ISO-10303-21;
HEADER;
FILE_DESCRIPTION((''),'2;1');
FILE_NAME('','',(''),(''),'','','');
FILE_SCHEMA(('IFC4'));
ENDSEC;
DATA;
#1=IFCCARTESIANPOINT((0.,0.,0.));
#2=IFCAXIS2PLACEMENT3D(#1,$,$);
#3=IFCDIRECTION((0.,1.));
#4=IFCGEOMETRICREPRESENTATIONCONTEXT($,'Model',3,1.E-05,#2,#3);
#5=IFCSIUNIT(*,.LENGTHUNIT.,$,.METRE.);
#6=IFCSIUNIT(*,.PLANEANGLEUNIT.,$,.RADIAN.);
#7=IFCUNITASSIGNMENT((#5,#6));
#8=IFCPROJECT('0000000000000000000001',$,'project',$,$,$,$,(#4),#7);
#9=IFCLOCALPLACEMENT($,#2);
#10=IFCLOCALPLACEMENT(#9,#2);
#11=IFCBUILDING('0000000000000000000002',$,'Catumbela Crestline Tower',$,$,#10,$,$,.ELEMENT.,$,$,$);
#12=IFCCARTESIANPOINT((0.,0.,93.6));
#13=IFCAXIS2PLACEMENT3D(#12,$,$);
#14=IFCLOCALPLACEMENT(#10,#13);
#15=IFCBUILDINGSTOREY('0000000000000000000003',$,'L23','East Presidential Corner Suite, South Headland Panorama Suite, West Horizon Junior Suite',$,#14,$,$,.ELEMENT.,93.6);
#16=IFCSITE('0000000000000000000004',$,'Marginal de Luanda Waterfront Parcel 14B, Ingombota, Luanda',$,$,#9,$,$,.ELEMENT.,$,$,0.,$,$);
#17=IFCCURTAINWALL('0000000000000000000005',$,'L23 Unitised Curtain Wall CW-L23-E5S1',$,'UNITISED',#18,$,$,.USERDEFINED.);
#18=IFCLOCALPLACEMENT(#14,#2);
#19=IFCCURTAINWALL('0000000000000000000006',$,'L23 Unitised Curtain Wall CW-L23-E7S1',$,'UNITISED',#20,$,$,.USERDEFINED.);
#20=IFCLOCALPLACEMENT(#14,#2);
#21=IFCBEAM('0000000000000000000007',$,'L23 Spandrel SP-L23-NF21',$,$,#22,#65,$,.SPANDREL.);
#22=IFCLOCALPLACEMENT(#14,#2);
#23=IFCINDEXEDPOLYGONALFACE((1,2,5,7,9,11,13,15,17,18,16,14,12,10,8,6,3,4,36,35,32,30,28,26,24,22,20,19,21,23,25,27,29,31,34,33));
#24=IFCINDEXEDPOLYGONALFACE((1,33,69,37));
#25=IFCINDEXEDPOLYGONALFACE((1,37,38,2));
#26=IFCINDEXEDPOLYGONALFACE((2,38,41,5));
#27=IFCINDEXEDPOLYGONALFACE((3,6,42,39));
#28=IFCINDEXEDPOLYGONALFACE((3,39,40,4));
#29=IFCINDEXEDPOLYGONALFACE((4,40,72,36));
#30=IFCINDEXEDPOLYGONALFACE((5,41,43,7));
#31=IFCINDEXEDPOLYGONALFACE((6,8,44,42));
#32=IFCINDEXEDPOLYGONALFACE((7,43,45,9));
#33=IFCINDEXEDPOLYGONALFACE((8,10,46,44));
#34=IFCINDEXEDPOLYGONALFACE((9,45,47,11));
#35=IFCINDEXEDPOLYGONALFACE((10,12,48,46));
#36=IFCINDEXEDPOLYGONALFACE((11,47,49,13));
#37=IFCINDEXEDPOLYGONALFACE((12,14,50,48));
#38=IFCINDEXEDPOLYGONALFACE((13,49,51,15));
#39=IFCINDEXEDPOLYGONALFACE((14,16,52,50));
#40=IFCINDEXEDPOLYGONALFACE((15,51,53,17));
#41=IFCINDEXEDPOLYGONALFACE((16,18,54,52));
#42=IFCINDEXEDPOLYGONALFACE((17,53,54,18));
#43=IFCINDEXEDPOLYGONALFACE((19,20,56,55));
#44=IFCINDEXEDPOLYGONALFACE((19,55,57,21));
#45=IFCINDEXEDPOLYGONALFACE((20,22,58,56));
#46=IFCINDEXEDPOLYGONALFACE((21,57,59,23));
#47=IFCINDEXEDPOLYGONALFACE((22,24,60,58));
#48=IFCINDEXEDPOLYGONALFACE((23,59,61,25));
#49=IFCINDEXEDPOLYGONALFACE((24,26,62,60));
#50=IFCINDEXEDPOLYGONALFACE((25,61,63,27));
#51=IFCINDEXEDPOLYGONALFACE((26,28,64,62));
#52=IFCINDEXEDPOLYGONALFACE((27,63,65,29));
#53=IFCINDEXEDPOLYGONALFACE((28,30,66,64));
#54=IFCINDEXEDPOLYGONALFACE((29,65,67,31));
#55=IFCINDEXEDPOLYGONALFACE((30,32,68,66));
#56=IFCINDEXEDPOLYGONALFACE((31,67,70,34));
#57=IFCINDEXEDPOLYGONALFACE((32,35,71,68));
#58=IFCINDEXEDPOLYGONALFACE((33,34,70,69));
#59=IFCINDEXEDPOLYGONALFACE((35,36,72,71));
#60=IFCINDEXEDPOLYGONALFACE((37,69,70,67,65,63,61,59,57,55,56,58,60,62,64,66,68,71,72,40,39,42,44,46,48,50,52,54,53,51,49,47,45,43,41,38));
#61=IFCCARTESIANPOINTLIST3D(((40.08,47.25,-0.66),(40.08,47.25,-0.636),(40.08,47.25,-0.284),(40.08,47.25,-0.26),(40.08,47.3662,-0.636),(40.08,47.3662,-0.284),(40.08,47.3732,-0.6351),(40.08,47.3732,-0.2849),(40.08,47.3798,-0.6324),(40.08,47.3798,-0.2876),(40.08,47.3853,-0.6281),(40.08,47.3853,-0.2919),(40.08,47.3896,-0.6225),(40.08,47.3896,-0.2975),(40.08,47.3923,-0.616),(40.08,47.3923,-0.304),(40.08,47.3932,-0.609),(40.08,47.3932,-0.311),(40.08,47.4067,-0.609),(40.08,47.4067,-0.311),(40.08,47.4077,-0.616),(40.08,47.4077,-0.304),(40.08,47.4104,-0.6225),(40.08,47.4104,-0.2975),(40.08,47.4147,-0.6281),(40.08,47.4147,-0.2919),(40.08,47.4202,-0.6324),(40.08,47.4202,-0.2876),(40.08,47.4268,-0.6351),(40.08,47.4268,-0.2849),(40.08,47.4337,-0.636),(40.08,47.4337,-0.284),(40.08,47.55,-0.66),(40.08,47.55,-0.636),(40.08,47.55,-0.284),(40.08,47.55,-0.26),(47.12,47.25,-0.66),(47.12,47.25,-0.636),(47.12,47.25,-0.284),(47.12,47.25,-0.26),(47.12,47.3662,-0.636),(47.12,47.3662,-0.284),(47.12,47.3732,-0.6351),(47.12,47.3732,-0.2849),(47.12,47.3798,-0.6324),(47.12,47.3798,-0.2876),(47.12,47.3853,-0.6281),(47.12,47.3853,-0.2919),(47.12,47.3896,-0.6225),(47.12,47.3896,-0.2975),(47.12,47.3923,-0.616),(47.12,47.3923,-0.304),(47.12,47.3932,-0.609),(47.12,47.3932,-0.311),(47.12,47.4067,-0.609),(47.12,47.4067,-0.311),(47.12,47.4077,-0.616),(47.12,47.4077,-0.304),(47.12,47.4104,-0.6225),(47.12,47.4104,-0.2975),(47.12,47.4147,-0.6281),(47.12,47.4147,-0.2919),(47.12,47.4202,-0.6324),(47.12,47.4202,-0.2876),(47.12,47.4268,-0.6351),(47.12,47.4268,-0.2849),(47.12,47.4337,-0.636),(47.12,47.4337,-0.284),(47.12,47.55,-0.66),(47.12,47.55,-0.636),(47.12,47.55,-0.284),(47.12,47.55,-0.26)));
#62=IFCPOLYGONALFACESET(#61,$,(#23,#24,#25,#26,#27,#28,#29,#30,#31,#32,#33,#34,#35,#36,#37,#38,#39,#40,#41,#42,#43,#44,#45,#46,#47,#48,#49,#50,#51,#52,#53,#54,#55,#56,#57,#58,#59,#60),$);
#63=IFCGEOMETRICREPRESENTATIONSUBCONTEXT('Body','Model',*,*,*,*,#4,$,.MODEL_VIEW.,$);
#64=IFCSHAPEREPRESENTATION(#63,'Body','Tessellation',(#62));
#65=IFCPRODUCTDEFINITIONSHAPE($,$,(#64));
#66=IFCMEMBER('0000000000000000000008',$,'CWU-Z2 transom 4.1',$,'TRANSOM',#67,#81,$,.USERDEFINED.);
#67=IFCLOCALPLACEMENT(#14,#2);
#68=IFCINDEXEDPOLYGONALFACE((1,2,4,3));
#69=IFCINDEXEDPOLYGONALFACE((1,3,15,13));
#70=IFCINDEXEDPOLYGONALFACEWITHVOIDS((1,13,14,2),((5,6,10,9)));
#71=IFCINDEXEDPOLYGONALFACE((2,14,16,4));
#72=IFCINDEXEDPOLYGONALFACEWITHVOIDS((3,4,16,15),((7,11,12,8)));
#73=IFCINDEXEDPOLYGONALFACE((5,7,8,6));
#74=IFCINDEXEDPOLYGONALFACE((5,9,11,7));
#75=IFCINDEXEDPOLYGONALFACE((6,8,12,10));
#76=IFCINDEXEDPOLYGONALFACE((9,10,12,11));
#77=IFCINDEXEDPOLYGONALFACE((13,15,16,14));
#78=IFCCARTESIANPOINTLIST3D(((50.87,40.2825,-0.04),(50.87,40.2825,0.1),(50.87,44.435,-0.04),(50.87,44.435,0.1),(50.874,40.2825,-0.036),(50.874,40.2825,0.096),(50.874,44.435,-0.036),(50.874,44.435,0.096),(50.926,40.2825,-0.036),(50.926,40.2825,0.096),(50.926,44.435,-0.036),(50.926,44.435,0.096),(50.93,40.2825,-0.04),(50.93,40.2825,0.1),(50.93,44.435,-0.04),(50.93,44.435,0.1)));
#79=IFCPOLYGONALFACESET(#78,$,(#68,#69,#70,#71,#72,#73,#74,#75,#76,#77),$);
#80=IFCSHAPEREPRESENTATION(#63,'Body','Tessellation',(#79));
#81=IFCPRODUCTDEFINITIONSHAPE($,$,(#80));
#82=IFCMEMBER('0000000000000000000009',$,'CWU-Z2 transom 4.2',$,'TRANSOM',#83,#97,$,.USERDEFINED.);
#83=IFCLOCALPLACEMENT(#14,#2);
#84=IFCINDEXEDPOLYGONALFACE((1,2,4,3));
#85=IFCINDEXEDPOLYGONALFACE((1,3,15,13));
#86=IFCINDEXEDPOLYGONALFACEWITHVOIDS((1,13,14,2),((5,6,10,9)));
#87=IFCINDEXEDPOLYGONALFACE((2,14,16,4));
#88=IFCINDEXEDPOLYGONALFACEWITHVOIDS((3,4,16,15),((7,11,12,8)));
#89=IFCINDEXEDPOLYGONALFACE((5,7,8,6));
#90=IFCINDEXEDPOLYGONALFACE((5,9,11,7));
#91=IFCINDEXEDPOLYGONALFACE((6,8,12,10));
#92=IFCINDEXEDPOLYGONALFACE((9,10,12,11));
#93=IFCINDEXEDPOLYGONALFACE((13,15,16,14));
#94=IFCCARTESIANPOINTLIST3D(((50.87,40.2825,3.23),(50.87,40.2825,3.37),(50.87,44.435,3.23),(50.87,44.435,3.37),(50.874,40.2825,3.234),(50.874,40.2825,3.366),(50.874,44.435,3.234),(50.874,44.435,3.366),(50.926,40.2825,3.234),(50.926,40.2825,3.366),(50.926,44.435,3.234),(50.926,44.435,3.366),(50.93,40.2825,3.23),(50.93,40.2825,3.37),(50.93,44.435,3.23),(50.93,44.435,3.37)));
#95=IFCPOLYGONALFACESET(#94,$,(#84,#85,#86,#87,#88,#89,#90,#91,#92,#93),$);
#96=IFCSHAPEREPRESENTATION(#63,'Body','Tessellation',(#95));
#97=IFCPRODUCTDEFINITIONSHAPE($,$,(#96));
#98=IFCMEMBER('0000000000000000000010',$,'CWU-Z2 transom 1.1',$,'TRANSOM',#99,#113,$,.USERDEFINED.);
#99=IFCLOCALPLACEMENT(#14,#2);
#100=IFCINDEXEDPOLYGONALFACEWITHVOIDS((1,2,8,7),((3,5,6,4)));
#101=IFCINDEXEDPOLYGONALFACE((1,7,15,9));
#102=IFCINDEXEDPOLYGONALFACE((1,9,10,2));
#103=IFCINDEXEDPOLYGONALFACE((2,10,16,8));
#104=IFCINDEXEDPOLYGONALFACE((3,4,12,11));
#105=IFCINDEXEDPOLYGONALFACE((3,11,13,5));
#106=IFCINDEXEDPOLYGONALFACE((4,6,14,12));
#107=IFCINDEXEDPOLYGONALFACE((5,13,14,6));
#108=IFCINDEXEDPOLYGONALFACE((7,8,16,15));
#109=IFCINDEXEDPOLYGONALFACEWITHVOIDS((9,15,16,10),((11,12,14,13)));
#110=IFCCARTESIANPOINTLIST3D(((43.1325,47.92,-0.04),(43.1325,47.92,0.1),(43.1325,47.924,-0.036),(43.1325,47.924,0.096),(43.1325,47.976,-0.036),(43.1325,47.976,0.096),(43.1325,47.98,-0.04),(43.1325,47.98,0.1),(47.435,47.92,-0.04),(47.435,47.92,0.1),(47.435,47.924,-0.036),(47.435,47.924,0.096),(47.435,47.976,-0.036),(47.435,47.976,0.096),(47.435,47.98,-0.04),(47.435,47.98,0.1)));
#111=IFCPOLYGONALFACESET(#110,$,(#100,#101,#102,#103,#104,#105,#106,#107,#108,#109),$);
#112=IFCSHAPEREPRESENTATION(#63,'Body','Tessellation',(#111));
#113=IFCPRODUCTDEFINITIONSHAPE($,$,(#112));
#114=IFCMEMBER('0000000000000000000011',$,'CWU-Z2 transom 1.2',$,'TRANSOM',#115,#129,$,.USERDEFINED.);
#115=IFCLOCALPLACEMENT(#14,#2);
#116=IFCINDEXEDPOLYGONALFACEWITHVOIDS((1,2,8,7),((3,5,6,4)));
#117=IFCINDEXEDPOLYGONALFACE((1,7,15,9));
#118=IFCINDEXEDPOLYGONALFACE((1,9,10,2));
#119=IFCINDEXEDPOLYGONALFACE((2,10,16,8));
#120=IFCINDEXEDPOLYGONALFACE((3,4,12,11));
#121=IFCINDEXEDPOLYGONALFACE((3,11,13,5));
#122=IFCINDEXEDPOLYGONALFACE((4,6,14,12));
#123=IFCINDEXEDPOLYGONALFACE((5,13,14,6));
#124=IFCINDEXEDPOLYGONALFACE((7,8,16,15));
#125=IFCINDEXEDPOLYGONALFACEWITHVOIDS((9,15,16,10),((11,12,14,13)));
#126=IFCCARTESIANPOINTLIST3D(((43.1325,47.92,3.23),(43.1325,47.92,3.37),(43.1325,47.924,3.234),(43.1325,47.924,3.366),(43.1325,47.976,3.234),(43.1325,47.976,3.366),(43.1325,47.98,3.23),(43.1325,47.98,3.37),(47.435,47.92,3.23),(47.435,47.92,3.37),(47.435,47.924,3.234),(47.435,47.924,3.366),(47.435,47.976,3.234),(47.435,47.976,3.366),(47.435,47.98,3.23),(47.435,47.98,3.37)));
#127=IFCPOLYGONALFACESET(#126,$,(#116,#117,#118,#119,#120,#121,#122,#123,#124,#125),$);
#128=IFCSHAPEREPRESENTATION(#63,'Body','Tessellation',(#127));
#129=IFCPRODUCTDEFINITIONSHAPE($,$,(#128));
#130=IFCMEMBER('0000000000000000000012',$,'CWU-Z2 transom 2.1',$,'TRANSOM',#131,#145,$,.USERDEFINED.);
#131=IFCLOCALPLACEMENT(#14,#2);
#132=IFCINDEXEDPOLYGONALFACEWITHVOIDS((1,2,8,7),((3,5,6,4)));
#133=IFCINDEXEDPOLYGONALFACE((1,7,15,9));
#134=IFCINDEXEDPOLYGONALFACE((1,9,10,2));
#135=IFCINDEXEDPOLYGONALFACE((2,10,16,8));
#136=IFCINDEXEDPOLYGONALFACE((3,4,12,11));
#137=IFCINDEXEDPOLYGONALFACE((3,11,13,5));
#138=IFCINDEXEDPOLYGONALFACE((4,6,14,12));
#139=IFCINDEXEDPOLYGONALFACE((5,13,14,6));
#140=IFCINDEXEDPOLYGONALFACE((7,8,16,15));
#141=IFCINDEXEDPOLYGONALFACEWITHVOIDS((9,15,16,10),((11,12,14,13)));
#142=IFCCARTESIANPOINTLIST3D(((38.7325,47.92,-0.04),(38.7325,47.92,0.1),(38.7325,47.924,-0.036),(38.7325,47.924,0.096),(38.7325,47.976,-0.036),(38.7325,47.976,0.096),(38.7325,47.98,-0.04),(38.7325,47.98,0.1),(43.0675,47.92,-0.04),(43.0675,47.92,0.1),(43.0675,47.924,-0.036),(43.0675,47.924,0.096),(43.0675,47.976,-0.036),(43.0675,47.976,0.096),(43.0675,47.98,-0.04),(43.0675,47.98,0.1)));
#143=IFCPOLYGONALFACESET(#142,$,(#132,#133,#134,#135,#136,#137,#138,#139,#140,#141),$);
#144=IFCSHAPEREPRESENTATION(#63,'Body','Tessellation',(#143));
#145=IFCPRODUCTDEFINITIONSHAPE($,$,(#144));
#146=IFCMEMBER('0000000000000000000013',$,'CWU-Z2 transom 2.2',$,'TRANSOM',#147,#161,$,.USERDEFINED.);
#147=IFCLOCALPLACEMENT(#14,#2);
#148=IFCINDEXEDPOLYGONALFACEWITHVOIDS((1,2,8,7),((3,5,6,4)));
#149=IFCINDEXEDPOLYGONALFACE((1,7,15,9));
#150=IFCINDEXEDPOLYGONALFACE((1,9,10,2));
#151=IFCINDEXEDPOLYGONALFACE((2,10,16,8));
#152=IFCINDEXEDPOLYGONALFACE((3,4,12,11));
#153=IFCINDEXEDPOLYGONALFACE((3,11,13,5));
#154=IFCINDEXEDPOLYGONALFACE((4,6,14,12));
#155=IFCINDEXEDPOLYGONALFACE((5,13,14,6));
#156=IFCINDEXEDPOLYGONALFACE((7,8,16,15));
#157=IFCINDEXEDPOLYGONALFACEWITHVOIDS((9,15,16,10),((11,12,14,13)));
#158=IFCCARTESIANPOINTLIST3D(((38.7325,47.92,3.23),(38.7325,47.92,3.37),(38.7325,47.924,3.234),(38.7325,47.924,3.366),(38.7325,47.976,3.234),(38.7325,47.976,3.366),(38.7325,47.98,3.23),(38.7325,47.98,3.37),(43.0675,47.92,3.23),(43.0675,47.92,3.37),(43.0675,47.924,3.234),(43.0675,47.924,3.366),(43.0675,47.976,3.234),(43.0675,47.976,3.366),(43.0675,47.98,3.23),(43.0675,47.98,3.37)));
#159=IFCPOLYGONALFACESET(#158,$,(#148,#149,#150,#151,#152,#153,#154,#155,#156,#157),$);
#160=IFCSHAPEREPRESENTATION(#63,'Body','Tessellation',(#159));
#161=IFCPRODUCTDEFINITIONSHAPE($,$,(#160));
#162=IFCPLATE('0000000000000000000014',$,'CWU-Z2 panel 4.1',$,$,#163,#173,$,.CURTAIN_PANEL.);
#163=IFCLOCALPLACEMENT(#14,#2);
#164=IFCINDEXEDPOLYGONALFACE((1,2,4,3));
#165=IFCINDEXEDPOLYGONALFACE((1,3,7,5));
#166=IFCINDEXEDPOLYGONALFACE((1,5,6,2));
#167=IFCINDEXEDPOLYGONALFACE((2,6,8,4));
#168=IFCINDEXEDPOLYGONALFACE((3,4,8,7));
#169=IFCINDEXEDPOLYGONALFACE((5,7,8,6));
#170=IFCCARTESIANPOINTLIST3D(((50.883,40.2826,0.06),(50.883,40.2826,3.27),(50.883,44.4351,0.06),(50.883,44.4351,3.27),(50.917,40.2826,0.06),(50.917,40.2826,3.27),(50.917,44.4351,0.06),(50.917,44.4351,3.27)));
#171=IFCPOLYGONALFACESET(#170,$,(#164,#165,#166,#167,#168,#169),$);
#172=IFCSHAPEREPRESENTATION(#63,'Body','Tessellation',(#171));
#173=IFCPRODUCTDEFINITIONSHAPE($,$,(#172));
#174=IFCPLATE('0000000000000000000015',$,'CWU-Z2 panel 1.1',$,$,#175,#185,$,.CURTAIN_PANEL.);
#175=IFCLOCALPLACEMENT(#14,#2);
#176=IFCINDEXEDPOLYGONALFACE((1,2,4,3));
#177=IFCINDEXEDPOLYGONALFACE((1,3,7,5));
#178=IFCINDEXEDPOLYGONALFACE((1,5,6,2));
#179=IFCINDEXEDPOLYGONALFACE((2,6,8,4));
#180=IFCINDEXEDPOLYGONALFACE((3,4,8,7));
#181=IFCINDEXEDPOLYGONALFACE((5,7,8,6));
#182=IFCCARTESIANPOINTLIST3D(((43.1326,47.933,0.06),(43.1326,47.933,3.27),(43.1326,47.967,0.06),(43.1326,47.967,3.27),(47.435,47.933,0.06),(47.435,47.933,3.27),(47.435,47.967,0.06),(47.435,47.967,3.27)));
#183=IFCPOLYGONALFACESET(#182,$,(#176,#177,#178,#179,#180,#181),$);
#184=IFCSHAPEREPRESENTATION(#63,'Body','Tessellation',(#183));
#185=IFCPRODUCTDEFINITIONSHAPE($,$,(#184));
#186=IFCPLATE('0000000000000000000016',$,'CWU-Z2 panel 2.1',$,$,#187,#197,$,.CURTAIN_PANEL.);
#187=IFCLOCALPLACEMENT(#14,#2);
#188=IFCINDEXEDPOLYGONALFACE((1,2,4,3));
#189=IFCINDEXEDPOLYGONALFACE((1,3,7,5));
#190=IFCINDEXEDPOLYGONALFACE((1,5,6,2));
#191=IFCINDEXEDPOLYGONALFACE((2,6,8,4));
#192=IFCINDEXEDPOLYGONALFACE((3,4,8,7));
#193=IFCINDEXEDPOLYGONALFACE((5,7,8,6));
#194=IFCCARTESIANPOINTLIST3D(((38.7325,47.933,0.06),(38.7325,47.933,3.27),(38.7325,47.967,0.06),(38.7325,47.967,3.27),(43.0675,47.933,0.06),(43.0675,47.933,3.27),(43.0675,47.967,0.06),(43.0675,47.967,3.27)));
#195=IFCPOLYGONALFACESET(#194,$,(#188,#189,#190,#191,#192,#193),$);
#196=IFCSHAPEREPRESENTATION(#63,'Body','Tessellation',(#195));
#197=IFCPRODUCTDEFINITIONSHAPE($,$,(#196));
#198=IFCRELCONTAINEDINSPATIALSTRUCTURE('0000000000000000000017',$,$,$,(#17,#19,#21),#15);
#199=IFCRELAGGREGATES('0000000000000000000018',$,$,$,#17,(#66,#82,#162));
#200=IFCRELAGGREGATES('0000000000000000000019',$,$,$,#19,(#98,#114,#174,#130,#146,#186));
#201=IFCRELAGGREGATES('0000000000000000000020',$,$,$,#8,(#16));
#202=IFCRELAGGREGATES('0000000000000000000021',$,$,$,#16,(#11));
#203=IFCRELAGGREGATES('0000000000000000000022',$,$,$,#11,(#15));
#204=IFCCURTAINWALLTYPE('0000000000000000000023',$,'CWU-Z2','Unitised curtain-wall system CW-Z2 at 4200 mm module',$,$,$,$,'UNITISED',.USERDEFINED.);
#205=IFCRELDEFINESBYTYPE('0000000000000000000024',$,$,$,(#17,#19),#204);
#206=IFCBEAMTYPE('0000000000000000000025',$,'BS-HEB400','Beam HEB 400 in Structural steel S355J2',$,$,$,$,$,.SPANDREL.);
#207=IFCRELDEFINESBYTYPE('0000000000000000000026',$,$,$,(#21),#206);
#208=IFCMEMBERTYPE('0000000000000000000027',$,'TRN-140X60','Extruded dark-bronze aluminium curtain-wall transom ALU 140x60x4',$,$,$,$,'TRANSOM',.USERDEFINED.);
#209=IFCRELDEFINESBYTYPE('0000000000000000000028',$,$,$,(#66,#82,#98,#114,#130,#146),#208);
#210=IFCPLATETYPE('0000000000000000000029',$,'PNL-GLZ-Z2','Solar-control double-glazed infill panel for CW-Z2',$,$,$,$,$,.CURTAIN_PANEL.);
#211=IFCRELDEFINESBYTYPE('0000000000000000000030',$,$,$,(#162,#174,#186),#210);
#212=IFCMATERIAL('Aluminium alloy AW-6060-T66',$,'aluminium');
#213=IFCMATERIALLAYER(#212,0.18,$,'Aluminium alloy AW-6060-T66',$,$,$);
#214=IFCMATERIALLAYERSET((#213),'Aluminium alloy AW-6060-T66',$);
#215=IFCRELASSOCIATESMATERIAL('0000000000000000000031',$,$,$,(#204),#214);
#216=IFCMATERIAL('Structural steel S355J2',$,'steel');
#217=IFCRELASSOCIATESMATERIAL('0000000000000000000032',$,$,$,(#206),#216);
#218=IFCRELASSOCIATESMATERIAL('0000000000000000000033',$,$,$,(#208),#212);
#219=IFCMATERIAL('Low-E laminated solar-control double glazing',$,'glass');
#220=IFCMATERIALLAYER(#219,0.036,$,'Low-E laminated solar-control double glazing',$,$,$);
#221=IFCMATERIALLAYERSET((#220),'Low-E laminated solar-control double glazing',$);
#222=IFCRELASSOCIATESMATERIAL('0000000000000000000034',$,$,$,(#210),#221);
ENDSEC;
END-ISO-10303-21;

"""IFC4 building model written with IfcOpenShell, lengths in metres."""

from ifc_helpers import new_model, si_unit, direction, frame, origin, origin_2d, place, context, subcontext, project, spatial, rectangle, hollow_rectangle, i_section, extrude, material, layer, layer_set, material_profile, profile_set, type_object, element, aggregate, save


model = new_model("IFC4")

# Units and contexts
model_context = context("Model", 3, precision=1e-05, world=origin(), true_north=direction((0.0, 1.0)))
body_context = subcontext(model_context, "Body", "Model", "MODEL_VIEW")
ifc_project = project(units=[si_unit("LENGTHUNIT", "METRE"), si_unit("PLANEANGLEUNIT", "RADIAN")], contexts=[model_context])

# Site, building, storey
site_placement = place(None, origin())
site = spatial("IfcSite", under=ifc_project, at=site_placement, Name="Marginal de Luanda Waterfront Parcel 14B, Ingombota, Luanda", CompositionType="ELEMENT", RefElevation=0.0)
building_placement = place(site_placement, origin())
building = spatial("IfcBuilding", under=site, at=building_placement, Name="Catumbela Crestline Tower", CompositionType="ELEMENT")
storey_placement = place(building_placement, frame((0.0, 0.0, 93.6)))
storey = spatial("IfcBuildingStorey", under=building, at=storey_placement, Name="L23", Description="East Presidential Corner Suite, South Headland Panorama Suite, West Horizon Junior Suite", CompositionType="ELEMENT", Elevation=93.6)

# Curtain walls
ifc_material_1 = material(Name="Aluminium alloy AW-6060-T66", Category="aluminium")
ifc_layer_1 = layer(ifc_material_1, 0.18, Name="Aluminium alloy AW-6060-T66")
ifc_layer_set_1 = layer_set([ifc_layer_1], Name="Aluminium alloy AW-6060-T66")
curtain_wall_type = type_object("IfcCurtainWallType", Name="CWU-Z2", Description="Unitised curtain-wall system CW-Z2 at 4200 mm module", ElementType="UNITISED", PredefinedType="USERDEFINED", material=ifc_layer_set_1)
curtain_wall_1_placement = place(storey_placement, origin())
curtain_wall_1 = element("IfcCurtainWall", 1, at=curtain_wall_1_placement, inside=storey, type_object=curtain_wall_type, Name="L23 Unitised Curtain Wall CW-L23-E5S1", ObjectType="UNITISED", PredefinedType="USERDEFINED")
curtain_wall_2_placement = place(storey_placement, origin())
curtain_wall_2 = element("IfcCurtainWall", 2, at=curtain_wall_2_placement, inside=storey, type_object=curtain_wall_type, Name="L23 Unitised Curtain Wall CW-L23-E7S1", ObjectType="UNITISED", PredefinedType="USERDEFINED")

# Beam
ifc_material_2 = material(Name="Structural steel S355J2", Category="steel")
ifc_material_profile_1 = material_profile(ifc_material_2, i_section(OverallWidth=0.3, OverallDepth=0.4, WebThickness=0.0135, FlangeThickness=0.024, FilletRadius=0.027, at=origin_2d()), Name="HEB 400")
ifc_profile_set_1 = profile_set([ifc_material_profile_1], Name="Structural steel S355J2")
beam_type = type_object("IfcBeamType", Name="BS-HEB400", Description="Beam HEB 400 in Structural steel S355J2", PredefinedType="SPANDREL", material=ifc_profile_set_1)
beam_placement = place(storey_placement, frame((40.08, 47.4, -0.46), z_axis=(1.0, 0.0, 0.0), x_axis=(0.0, 1.0, 0.0)))
element("IfcBeam", 3, at=beam_placement, inside=storey, type_object=beam_type, Name="L23 Spandrel SP-L23-NF21", PredefinedType="SPANDREL", context=body_context, shape_type="SweptSolid", body=[
    extrude(i_section(OverallWidth=0.3, OverallDepth=0.4, WebThickness=0.0135, FlangeThickness=0.024, FilletRadius=0.027, at=origin_2d()), origin(), (0.0, 0.0, 1.0), 7.04),
])

# Members
ifc_material_profile_2 = material_profile(ifc_material_1, hollow_rectangle(XDim=0.06, YDim=0.14, WallThickness=0.004, at=origin_2d()), Name="ALU 140x60x4")
ifc_profile_set_2 = profile_set([ifc_material_profile_2], Name="Aluminium alloy AW-6060-T66")
member_type_1 = type_object("IfcMemberType", Name="TRN-140X60", Description="Extruded dark-bronze aluminium curtain-wall transom ALU 140x60x4", ElementType="TRANSOM", PredefinedType="USERDEFINED", material=ifc_profile_set_2)
member_1_placement = place(storey_placement, frame((50.9, 40.2825, 0.03), z_axis=(0.0, 1.0, 0.0), x_axis=(-1.0, 0.0, 0.0)))
member_1 = element("IfcMember", 4, at=member_1_placement, type_object=member_type_1, Name="CWU-Z2 transom 4.1", ObjectType="TRANSOM", PredefinedType="USERDEFINED", context=body_context, shape_type="SweptSolid", body=[
    extrude(hollow_rectangle(XDim=0.06, YDim=0.14, WallThickness=0.004, at=origin_2d()), origin(), (0.0, 0.0, 1.0), 4.1525),
])
member_2_placement = place(storey_placement, frame((50.9, 40.2825, 3.3), z_axis=(0.0, 1.0, 0.0), x_axis=(-1.0, 0.0, 0.0)))
member_2 = element("IfcMember", 5, at=member_2_placement, type_object=member_type_1, Name="CWU-Z2 transom 4.2", ObjectType="TRANSOM", PredefinedType="USERDEFINED", context=body_context, shape_type="SweptSolid", body=[
    extrude(hollow_rectangle(XDim=0.06, YDim=0.14, WallThickness=0.004, at=origin_2d()), origin(), (0.0, 0.0, 1.0), 4.1525),
])
member_3_placement = place(storey_placement, frame((47.435, 47.95, 0.03), z_axis=(-1.0, 0.0, 0.0), x_axis=(0.0, -1.0, 0.0)))
member_3 = element("IfcMember", 6, at=member_3_placement, type_object=member_type_1, Name="CWU-Z2 transom 1.1", ObjectType="TRANSOM", PredefinedType="USERDEFINED", context=body_context, shape_type="SweptSolid", body=[
    extrude(hollow_rectangle(XDim=0.06, YDim=0.14, WallThickness=0.004, at=origin_2d()), origin(), (0.0, 0.0, 1.0), 4.3025),
])
member_4_placement = place(storey_placement, frame((47.435, 47.95, 3.3), z_axis=(-1.0, 0.0, 0.0), x_axis=(0.0, -1.0, 0.0)))
member_4 = element("IfcMember", 7, at=member_4_placement, type_object=member_type_1, Name="CWU-Z2 transom 1.2", ObjectType="TRANSOM", PredefinedType="USERDEFINED", context=body_context, shape_type="SweptSolid", body=[
    extrude(hollow_rectangle(XDim=0.06, YDim=0.14, WallThickness=0.004, at=origin_2d()), origin(), (0.0, 0.0, 1.0), 4.3025),
])
member_5_placement = place(storey_placement, frame((43.0675, 47.95, 0.03), z_axis=(-1.0, 0.0, 0.0), x_axis=(0.0, -1.0, 0.0)))
member_5 = element("IfcMember", 8, at=member_5_placement, type_object=member_type_1, Name="CWU-Z2 transom 2.1", ObjectType="TRANSOM", PredefinedType="USERDEFINED", context=body_context, shape_type="SweptSolid", body=[
    extrude(hollow_rectangle(XDim=0.06, YDim=0.14, WallThickness=0.004, at=origin_2d()), origin(), (0.0, 0.0, 1.0), 4.335),
])
member_6_placement = place(storey_placement, frame((43.0675, 47.95, 3.3), z_axis=(-1.0, 0.0, 0.0), x_axis=(0.0, -1.0, 0.0)))
member_6 = element("IfcMember", 9, at=member_6_placement, type_object=member_type_1, Name="CWU-Z2 transom 2.2", ObjectType="TRANSOM", PredefinedType="USERDEFINED", context=body_context, shape_type="SweptSolid", body=[
    extrude(hollow_rectangle(XDim=0.06, YDim=0.14, WallThickness=0.004, at=origin_2d()), origin(), (0.0, 0.0, 1.0), 4.335),
])

# Plates
ifc_material_3 = material(Name="Low-E laminated solar-control double glazing", Category="glass")
ifc_layer_2 = layer(ifc_material_3, 0.036, Name="Low-E laminated solar-control double glazing")
ifc_layer_set_2 = layer_set([ifc_layer_2], Name="Low-E laminated solar-control double glazing")
plate_type = type_object("IfcPlateType", Name="PNL-GLZ-Z2", Description="Solar-control double-glazed infill panel for CW-Z2", PredefinedType="CURTAIN_PANEL", material=ifc_layer_set_2)
plate_1_placement = place(storey_placement, frame((50.9, 42.3588, 0.06), z_axis=(0.0, 0.0, 1.0), x_axis=(0.0, 1.0, 0.0)))
plate_1 = element("IfcPlate", 10, at=plate_1_placement, type_object=plate_type, Name="CWU-Z2 panel 4.1", PredefinedType="CURTAIN_PANEL", context=body_context, shape_type="SweptSolid", body=[
    extrude(rectangle(XDim=4.1525, YDim=0.034, at=origin_2d()), origin(), (0.0, 0.0, 1.0), 3.21),
])
aggregate(curtain_wall_1, [member_1, member_2, plate_1])
plate_2_placement = place(storey_placement, frame((45.2838, 47.95, 0.06), z_axis=(0.0, 0.0, 1.0), x_axis=(-1.0, 0.0, 0.0)))
plate_2 = element("IfcPlate", 11, at=plate_2_placement, type_object=plate_type, Name="CWU-Z2 panel 1.1", PredefinedType="CURTAIN_PANEL", context=body_context, shape_type="SweptSolid", body=[
    extrude(rectangle(XDim=4.3025, YDim=0.034, at=origin_2d()), origin(), (0.0, 0.0, 1.0), 3.21),
])
plate_3_placement = place(storey_placement, frame((40.9, 47.95, 0.06), z_axis=(0.0, 0.0, 1.0), x_axis=(-1.0, 0.0, 0.0)))
plate_3 = element("IfcPlate", 12, at=plate_3_placement, type_object=plate_type, Name="CWU-Z2 panel 2.1", PredefinedType="CURTAIN_PANEL", context=body_context, shape_type="SweptSolid", body=[
    extrude(rectangle(XDim=4.335, YDim=0.034, at=origin_2d()), origin(), (0.0, 0.0, 1.0), 3.21),
])
aggregate(curtain_wall_2, [member_3, member_4, plate_2, member_5, member_6, plate_3])

save(model, "model.ifc")
